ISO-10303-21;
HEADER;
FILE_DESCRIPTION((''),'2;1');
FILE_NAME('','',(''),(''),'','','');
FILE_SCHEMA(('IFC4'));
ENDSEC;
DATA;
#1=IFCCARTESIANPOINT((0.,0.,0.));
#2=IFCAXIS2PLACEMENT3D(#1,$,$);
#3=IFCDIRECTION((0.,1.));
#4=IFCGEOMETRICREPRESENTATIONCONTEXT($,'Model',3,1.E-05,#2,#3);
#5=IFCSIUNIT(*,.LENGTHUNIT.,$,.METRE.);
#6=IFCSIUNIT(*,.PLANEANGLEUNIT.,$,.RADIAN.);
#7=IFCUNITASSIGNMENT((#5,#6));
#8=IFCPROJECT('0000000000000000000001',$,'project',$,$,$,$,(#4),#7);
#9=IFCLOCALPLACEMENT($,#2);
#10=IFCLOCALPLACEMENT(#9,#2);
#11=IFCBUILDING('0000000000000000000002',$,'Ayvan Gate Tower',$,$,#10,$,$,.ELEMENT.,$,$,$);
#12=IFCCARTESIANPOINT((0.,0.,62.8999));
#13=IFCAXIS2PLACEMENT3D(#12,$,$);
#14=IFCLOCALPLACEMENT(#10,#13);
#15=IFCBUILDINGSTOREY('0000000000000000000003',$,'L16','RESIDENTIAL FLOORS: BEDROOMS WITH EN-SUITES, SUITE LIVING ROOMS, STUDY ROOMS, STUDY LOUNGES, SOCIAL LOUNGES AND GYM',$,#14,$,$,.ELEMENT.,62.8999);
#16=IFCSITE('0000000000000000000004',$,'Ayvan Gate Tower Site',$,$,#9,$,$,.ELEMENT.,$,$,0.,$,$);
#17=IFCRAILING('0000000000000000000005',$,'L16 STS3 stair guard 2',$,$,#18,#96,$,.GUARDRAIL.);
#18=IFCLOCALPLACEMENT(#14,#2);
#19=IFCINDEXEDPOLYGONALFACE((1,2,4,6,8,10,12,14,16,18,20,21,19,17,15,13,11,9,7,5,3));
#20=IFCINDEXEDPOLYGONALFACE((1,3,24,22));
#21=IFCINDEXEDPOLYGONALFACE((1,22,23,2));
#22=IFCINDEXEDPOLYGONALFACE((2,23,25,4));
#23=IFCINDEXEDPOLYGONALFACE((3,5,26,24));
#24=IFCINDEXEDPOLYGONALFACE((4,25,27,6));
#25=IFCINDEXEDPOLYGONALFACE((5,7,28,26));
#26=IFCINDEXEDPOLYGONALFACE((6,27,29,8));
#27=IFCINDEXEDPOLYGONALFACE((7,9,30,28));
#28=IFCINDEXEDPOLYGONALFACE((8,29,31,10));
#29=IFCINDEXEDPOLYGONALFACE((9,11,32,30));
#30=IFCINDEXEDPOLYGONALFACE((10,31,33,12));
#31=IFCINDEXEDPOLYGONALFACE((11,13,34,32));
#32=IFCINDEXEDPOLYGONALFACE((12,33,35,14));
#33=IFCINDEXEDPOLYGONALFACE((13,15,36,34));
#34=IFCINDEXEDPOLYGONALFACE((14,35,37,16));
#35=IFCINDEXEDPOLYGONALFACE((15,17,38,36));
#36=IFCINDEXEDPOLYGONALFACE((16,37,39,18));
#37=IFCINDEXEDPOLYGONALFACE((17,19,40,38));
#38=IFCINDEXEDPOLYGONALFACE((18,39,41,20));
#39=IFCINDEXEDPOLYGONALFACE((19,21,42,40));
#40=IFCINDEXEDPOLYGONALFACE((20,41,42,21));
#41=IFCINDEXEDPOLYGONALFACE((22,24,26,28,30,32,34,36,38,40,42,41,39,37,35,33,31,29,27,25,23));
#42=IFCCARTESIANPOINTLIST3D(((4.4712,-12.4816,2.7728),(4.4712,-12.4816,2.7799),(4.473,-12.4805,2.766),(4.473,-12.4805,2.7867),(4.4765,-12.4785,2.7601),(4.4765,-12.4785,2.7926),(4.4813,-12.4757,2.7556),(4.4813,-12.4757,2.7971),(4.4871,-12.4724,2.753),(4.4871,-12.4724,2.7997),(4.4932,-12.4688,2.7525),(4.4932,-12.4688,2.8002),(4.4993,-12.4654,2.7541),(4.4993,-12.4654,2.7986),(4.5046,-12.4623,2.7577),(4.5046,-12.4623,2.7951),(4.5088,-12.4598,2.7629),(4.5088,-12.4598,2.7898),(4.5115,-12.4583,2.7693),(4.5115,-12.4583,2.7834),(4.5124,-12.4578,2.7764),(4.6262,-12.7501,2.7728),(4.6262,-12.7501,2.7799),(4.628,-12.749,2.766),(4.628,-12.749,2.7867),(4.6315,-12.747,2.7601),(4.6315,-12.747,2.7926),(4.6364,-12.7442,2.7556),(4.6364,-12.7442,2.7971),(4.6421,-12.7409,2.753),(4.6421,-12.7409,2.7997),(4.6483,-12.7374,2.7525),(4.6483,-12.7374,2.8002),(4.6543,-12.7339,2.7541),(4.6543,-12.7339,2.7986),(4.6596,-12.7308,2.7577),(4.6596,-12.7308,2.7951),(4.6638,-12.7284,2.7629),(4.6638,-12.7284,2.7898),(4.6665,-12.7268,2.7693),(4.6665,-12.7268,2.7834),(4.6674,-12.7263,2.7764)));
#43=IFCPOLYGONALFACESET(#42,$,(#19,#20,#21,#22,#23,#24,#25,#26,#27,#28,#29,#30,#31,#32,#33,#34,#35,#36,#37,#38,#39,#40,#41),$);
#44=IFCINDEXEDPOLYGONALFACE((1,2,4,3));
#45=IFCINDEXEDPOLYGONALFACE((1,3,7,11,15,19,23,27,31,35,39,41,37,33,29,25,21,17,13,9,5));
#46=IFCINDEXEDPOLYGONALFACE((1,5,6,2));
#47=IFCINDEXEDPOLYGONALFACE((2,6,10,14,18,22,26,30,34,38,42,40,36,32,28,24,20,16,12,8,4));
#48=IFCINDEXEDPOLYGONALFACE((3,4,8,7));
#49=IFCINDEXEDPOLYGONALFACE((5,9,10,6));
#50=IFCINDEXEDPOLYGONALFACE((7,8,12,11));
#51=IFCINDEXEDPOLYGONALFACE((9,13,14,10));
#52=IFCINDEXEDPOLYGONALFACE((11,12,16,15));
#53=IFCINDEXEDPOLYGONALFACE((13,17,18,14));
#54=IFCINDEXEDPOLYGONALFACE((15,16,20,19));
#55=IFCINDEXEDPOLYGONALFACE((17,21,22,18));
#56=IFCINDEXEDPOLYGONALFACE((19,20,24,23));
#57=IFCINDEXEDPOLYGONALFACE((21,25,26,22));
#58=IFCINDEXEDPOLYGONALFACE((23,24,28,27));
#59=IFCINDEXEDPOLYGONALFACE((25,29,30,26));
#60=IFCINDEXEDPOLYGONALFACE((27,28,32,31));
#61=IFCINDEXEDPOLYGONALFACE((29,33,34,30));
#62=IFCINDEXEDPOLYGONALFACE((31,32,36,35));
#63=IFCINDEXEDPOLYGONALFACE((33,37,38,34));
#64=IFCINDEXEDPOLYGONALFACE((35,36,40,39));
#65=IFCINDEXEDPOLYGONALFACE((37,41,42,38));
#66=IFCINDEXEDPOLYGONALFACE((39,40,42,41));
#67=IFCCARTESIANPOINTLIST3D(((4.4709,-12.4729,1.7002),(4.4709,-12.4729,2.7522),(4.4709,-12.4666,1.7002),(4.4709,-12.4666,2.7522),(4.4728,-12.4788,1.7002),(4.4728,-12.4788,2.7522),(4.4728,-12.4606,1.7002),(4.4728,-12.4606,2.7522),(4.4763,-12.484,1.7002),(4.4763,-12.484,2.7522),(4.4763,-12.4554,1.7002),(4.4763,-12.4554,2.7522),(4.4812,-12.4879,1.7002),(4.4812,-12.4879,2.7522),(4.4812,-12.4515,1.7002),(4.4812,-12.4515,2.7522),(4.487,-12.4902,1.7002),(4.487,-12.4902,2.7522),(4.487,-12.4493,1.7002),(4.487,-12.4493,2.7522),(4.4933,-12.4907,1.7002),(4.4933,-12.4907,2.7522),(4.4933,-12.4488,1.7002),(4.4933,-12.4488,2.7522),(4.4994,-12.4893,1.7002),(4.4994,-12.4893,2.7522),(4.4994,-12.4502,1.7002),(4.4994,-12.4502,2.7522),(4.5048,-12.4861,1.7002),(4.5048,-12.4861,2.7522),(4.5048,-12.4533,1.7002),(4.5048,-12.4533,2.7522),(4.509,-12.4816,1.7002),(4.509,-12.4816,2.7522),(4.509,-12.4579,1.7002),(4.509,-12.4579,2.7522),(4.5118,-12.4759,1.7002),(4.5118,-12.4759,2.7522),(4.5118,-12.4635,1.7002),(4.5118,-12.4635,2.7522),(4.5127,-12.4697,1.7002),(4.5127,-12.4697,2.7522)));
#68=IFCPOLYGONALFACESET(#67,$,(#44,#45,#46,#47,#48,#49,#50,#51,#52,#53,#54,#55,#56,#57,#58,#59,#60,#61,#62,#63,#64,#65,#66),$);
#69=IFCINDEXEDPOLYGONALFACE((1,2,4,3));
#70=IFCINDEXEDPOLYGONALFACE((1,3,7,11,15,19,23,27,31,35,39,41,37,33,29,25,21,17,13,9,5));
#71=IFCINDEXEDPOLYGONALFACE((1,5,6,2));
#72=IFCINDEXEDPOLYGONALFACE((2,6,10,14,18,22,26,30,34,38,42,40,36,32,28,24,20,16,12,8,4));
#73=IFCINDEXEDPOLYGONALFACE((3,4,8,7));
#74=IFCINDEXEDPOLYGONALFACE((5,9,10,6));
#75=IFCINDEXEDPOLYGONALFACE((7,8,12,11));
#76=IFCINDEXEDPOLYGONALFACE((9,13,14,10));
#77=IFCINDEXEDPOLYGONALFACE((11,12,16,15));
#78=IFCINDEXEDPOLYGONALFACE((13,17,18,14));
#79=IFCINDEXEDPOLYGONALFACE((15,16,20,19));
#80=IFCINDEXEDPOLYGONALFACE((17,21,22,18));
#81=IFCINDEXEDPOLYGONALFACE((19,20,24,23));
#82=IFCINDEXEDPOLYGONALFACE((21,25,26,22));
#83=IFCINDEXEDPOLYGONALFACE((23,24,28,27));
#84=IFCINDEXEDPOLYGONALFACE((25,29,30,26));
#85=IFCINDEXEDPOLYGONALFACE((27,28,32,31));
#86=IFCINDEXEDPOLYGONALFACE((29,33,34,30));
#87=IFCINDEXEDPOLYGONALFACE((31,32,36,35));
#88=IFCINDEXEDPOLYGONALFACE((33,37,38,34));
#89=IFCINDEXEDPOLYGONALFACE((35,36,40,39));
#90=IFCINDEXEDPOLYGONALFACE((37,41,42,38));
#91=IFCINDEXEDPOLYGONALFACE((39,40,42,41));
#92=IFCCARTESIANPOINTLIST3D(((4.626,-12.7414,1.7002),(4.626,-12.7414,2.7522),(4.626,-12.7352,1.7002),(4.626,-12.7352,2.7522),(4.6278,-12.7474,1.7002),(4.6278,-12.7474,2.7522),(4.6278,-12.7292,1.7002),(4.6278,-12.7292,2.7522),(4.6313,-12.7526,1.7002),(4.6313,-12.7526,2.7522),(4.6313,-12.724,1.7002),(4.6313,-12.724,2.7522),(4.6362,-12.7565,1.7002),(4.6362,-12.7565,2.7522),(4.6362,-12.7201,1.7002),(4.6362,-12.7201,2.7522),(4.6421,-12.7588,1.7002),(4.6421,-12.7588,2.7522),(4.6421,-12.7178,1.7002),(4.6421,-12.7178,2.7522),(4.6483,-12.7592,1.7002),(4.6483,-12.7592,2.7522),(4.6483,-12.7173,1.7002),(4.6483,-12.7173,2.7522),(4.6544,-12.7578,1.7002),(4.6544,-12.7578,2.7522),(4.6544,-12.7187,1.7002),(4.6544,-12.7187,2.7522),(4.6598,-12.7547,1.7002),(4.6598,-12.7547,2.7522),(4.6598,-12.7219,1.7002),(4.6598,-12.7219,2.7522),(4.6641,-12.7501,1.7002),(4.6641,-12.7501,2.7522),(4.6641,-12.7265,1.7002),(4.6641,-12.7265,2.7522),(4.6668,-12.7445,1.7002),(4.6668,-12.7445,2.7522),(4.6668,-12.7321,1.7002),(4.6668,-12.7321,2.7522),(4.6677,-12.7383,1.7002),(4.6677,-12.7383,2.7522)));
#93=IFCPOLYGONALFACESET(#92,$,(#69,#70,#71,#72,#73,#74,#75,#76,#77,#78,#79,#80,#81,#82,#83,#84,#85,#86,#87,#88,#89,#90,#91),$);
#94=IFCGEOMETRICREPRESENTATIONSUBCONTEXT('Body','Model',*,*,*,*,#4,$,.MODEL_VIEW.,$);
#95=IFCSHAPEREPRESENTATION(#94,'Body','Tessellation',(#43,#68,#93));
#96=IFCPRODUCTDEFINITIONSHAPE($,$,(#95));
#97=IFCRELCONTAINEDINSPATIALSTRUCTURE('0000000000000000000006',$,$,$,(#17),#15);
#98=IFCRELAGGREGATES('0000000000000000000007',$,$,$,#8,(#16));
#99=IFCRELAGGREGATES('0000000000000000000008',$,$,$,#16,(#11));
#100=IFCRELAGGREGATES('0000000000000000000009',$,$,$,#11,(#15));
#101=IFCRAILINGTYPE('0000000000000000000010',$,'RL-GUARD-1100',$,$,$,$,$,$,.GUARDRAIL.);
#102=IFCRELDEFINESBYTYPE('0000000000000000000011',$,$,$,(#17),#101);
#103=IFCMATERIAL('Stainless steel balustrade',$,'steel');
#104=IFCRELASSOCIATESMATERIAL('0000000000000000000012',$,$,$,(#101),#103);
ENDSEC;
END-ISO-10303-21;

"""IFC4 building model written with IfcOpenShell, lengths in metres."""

from ifc_helpers import new_model, si_unit, direction, frame, origin, origin_2d, place, context, subcontext, project, spatial, circle, extrude, material, type_object, element, save


model = new_model("IFC4")

# Units and contexts
model_context = context("Model", 3, precision=1e-05, world=origin(), true_north=direction((0.0, 1.0)))
body_context = subcontext(model_context, "Body", "Model", "MODEL_VIEW")
ifc_project = project(units=[si_unit("LENGTHUNIT", "METRE"), si_unit("PLANEANGLEUNIT", "RADIAN")], contexts=[model_context])

# Site, building, storey
site_placement = place(None, origin())
site = spatial("IfcSite", under=ifc_project, at=site_placement, Name="Ayvan Gate Tower Site", CompositionType="ELEMENT", RefElevation=0.0)
building_placement = place(site_placement, origin())
building = spatial("IfcBuilding", under=site, at=building_placement, Name="Ayvan Gate Tower", CompositionType="ELEMENT")
storey_placement = place(building_placement, frame((0.0, 0.0, 62.8999)))
storey = spatial("IfcBuildingStorey", under=building, at=storey_placement, Name="L16", Description="RESIDENTIAL FLOORS: BEDROOMS WITH EN-SUITES, SUITE LIVING ROOMS, STUDY ROOMS, STUDY LOUNGES, SOCIAL LOUNGES AND GYM", CompositionType="ELEMENT", Elevation=62.8999)

# Railing
ifc_material_1 = material(Name="Stainless steel balustrade", Category="steel")
railing_type_1 = type_object("IfcRailingType", Name="RL-GUARD-1100", PredefinedType="GUARDRAIL", material=ifc_material_1)
railing_1_placement = place(storey_placement, frame((4.4917, -12.4697, 1.7002)))
element("IfcRailing", 1, at=railing_1_placement, inside=storey, type_object=railing_type_1, Name="L16 STS3 stair guard 2", PredefinedType="GUARDRAIL", context=body_context, shape_type="SweptSolid", body=[
    extrude(circle(Radius=0.0239, at=origin_2d()), frame((0.0, 0.0, 1.0762), z_axis=(0.49995, -0.866054, 0.0), x_axis=(0.866054, 0.49995, 0.0)), (0.0, 0.0, 1.0), 0.3101),
    extrude(circle(Radius=0.021, at=origin_2d()), origin(), (0.0, 0.0, 1.0), 1.052),
    extrude(circle(Radius=0.021, at=origin_2d()), frame((0.155, -0.2686, 0.0)), (0.0, 0.0, 1.0), 1.052),
])

save(model, "model.ifc")
